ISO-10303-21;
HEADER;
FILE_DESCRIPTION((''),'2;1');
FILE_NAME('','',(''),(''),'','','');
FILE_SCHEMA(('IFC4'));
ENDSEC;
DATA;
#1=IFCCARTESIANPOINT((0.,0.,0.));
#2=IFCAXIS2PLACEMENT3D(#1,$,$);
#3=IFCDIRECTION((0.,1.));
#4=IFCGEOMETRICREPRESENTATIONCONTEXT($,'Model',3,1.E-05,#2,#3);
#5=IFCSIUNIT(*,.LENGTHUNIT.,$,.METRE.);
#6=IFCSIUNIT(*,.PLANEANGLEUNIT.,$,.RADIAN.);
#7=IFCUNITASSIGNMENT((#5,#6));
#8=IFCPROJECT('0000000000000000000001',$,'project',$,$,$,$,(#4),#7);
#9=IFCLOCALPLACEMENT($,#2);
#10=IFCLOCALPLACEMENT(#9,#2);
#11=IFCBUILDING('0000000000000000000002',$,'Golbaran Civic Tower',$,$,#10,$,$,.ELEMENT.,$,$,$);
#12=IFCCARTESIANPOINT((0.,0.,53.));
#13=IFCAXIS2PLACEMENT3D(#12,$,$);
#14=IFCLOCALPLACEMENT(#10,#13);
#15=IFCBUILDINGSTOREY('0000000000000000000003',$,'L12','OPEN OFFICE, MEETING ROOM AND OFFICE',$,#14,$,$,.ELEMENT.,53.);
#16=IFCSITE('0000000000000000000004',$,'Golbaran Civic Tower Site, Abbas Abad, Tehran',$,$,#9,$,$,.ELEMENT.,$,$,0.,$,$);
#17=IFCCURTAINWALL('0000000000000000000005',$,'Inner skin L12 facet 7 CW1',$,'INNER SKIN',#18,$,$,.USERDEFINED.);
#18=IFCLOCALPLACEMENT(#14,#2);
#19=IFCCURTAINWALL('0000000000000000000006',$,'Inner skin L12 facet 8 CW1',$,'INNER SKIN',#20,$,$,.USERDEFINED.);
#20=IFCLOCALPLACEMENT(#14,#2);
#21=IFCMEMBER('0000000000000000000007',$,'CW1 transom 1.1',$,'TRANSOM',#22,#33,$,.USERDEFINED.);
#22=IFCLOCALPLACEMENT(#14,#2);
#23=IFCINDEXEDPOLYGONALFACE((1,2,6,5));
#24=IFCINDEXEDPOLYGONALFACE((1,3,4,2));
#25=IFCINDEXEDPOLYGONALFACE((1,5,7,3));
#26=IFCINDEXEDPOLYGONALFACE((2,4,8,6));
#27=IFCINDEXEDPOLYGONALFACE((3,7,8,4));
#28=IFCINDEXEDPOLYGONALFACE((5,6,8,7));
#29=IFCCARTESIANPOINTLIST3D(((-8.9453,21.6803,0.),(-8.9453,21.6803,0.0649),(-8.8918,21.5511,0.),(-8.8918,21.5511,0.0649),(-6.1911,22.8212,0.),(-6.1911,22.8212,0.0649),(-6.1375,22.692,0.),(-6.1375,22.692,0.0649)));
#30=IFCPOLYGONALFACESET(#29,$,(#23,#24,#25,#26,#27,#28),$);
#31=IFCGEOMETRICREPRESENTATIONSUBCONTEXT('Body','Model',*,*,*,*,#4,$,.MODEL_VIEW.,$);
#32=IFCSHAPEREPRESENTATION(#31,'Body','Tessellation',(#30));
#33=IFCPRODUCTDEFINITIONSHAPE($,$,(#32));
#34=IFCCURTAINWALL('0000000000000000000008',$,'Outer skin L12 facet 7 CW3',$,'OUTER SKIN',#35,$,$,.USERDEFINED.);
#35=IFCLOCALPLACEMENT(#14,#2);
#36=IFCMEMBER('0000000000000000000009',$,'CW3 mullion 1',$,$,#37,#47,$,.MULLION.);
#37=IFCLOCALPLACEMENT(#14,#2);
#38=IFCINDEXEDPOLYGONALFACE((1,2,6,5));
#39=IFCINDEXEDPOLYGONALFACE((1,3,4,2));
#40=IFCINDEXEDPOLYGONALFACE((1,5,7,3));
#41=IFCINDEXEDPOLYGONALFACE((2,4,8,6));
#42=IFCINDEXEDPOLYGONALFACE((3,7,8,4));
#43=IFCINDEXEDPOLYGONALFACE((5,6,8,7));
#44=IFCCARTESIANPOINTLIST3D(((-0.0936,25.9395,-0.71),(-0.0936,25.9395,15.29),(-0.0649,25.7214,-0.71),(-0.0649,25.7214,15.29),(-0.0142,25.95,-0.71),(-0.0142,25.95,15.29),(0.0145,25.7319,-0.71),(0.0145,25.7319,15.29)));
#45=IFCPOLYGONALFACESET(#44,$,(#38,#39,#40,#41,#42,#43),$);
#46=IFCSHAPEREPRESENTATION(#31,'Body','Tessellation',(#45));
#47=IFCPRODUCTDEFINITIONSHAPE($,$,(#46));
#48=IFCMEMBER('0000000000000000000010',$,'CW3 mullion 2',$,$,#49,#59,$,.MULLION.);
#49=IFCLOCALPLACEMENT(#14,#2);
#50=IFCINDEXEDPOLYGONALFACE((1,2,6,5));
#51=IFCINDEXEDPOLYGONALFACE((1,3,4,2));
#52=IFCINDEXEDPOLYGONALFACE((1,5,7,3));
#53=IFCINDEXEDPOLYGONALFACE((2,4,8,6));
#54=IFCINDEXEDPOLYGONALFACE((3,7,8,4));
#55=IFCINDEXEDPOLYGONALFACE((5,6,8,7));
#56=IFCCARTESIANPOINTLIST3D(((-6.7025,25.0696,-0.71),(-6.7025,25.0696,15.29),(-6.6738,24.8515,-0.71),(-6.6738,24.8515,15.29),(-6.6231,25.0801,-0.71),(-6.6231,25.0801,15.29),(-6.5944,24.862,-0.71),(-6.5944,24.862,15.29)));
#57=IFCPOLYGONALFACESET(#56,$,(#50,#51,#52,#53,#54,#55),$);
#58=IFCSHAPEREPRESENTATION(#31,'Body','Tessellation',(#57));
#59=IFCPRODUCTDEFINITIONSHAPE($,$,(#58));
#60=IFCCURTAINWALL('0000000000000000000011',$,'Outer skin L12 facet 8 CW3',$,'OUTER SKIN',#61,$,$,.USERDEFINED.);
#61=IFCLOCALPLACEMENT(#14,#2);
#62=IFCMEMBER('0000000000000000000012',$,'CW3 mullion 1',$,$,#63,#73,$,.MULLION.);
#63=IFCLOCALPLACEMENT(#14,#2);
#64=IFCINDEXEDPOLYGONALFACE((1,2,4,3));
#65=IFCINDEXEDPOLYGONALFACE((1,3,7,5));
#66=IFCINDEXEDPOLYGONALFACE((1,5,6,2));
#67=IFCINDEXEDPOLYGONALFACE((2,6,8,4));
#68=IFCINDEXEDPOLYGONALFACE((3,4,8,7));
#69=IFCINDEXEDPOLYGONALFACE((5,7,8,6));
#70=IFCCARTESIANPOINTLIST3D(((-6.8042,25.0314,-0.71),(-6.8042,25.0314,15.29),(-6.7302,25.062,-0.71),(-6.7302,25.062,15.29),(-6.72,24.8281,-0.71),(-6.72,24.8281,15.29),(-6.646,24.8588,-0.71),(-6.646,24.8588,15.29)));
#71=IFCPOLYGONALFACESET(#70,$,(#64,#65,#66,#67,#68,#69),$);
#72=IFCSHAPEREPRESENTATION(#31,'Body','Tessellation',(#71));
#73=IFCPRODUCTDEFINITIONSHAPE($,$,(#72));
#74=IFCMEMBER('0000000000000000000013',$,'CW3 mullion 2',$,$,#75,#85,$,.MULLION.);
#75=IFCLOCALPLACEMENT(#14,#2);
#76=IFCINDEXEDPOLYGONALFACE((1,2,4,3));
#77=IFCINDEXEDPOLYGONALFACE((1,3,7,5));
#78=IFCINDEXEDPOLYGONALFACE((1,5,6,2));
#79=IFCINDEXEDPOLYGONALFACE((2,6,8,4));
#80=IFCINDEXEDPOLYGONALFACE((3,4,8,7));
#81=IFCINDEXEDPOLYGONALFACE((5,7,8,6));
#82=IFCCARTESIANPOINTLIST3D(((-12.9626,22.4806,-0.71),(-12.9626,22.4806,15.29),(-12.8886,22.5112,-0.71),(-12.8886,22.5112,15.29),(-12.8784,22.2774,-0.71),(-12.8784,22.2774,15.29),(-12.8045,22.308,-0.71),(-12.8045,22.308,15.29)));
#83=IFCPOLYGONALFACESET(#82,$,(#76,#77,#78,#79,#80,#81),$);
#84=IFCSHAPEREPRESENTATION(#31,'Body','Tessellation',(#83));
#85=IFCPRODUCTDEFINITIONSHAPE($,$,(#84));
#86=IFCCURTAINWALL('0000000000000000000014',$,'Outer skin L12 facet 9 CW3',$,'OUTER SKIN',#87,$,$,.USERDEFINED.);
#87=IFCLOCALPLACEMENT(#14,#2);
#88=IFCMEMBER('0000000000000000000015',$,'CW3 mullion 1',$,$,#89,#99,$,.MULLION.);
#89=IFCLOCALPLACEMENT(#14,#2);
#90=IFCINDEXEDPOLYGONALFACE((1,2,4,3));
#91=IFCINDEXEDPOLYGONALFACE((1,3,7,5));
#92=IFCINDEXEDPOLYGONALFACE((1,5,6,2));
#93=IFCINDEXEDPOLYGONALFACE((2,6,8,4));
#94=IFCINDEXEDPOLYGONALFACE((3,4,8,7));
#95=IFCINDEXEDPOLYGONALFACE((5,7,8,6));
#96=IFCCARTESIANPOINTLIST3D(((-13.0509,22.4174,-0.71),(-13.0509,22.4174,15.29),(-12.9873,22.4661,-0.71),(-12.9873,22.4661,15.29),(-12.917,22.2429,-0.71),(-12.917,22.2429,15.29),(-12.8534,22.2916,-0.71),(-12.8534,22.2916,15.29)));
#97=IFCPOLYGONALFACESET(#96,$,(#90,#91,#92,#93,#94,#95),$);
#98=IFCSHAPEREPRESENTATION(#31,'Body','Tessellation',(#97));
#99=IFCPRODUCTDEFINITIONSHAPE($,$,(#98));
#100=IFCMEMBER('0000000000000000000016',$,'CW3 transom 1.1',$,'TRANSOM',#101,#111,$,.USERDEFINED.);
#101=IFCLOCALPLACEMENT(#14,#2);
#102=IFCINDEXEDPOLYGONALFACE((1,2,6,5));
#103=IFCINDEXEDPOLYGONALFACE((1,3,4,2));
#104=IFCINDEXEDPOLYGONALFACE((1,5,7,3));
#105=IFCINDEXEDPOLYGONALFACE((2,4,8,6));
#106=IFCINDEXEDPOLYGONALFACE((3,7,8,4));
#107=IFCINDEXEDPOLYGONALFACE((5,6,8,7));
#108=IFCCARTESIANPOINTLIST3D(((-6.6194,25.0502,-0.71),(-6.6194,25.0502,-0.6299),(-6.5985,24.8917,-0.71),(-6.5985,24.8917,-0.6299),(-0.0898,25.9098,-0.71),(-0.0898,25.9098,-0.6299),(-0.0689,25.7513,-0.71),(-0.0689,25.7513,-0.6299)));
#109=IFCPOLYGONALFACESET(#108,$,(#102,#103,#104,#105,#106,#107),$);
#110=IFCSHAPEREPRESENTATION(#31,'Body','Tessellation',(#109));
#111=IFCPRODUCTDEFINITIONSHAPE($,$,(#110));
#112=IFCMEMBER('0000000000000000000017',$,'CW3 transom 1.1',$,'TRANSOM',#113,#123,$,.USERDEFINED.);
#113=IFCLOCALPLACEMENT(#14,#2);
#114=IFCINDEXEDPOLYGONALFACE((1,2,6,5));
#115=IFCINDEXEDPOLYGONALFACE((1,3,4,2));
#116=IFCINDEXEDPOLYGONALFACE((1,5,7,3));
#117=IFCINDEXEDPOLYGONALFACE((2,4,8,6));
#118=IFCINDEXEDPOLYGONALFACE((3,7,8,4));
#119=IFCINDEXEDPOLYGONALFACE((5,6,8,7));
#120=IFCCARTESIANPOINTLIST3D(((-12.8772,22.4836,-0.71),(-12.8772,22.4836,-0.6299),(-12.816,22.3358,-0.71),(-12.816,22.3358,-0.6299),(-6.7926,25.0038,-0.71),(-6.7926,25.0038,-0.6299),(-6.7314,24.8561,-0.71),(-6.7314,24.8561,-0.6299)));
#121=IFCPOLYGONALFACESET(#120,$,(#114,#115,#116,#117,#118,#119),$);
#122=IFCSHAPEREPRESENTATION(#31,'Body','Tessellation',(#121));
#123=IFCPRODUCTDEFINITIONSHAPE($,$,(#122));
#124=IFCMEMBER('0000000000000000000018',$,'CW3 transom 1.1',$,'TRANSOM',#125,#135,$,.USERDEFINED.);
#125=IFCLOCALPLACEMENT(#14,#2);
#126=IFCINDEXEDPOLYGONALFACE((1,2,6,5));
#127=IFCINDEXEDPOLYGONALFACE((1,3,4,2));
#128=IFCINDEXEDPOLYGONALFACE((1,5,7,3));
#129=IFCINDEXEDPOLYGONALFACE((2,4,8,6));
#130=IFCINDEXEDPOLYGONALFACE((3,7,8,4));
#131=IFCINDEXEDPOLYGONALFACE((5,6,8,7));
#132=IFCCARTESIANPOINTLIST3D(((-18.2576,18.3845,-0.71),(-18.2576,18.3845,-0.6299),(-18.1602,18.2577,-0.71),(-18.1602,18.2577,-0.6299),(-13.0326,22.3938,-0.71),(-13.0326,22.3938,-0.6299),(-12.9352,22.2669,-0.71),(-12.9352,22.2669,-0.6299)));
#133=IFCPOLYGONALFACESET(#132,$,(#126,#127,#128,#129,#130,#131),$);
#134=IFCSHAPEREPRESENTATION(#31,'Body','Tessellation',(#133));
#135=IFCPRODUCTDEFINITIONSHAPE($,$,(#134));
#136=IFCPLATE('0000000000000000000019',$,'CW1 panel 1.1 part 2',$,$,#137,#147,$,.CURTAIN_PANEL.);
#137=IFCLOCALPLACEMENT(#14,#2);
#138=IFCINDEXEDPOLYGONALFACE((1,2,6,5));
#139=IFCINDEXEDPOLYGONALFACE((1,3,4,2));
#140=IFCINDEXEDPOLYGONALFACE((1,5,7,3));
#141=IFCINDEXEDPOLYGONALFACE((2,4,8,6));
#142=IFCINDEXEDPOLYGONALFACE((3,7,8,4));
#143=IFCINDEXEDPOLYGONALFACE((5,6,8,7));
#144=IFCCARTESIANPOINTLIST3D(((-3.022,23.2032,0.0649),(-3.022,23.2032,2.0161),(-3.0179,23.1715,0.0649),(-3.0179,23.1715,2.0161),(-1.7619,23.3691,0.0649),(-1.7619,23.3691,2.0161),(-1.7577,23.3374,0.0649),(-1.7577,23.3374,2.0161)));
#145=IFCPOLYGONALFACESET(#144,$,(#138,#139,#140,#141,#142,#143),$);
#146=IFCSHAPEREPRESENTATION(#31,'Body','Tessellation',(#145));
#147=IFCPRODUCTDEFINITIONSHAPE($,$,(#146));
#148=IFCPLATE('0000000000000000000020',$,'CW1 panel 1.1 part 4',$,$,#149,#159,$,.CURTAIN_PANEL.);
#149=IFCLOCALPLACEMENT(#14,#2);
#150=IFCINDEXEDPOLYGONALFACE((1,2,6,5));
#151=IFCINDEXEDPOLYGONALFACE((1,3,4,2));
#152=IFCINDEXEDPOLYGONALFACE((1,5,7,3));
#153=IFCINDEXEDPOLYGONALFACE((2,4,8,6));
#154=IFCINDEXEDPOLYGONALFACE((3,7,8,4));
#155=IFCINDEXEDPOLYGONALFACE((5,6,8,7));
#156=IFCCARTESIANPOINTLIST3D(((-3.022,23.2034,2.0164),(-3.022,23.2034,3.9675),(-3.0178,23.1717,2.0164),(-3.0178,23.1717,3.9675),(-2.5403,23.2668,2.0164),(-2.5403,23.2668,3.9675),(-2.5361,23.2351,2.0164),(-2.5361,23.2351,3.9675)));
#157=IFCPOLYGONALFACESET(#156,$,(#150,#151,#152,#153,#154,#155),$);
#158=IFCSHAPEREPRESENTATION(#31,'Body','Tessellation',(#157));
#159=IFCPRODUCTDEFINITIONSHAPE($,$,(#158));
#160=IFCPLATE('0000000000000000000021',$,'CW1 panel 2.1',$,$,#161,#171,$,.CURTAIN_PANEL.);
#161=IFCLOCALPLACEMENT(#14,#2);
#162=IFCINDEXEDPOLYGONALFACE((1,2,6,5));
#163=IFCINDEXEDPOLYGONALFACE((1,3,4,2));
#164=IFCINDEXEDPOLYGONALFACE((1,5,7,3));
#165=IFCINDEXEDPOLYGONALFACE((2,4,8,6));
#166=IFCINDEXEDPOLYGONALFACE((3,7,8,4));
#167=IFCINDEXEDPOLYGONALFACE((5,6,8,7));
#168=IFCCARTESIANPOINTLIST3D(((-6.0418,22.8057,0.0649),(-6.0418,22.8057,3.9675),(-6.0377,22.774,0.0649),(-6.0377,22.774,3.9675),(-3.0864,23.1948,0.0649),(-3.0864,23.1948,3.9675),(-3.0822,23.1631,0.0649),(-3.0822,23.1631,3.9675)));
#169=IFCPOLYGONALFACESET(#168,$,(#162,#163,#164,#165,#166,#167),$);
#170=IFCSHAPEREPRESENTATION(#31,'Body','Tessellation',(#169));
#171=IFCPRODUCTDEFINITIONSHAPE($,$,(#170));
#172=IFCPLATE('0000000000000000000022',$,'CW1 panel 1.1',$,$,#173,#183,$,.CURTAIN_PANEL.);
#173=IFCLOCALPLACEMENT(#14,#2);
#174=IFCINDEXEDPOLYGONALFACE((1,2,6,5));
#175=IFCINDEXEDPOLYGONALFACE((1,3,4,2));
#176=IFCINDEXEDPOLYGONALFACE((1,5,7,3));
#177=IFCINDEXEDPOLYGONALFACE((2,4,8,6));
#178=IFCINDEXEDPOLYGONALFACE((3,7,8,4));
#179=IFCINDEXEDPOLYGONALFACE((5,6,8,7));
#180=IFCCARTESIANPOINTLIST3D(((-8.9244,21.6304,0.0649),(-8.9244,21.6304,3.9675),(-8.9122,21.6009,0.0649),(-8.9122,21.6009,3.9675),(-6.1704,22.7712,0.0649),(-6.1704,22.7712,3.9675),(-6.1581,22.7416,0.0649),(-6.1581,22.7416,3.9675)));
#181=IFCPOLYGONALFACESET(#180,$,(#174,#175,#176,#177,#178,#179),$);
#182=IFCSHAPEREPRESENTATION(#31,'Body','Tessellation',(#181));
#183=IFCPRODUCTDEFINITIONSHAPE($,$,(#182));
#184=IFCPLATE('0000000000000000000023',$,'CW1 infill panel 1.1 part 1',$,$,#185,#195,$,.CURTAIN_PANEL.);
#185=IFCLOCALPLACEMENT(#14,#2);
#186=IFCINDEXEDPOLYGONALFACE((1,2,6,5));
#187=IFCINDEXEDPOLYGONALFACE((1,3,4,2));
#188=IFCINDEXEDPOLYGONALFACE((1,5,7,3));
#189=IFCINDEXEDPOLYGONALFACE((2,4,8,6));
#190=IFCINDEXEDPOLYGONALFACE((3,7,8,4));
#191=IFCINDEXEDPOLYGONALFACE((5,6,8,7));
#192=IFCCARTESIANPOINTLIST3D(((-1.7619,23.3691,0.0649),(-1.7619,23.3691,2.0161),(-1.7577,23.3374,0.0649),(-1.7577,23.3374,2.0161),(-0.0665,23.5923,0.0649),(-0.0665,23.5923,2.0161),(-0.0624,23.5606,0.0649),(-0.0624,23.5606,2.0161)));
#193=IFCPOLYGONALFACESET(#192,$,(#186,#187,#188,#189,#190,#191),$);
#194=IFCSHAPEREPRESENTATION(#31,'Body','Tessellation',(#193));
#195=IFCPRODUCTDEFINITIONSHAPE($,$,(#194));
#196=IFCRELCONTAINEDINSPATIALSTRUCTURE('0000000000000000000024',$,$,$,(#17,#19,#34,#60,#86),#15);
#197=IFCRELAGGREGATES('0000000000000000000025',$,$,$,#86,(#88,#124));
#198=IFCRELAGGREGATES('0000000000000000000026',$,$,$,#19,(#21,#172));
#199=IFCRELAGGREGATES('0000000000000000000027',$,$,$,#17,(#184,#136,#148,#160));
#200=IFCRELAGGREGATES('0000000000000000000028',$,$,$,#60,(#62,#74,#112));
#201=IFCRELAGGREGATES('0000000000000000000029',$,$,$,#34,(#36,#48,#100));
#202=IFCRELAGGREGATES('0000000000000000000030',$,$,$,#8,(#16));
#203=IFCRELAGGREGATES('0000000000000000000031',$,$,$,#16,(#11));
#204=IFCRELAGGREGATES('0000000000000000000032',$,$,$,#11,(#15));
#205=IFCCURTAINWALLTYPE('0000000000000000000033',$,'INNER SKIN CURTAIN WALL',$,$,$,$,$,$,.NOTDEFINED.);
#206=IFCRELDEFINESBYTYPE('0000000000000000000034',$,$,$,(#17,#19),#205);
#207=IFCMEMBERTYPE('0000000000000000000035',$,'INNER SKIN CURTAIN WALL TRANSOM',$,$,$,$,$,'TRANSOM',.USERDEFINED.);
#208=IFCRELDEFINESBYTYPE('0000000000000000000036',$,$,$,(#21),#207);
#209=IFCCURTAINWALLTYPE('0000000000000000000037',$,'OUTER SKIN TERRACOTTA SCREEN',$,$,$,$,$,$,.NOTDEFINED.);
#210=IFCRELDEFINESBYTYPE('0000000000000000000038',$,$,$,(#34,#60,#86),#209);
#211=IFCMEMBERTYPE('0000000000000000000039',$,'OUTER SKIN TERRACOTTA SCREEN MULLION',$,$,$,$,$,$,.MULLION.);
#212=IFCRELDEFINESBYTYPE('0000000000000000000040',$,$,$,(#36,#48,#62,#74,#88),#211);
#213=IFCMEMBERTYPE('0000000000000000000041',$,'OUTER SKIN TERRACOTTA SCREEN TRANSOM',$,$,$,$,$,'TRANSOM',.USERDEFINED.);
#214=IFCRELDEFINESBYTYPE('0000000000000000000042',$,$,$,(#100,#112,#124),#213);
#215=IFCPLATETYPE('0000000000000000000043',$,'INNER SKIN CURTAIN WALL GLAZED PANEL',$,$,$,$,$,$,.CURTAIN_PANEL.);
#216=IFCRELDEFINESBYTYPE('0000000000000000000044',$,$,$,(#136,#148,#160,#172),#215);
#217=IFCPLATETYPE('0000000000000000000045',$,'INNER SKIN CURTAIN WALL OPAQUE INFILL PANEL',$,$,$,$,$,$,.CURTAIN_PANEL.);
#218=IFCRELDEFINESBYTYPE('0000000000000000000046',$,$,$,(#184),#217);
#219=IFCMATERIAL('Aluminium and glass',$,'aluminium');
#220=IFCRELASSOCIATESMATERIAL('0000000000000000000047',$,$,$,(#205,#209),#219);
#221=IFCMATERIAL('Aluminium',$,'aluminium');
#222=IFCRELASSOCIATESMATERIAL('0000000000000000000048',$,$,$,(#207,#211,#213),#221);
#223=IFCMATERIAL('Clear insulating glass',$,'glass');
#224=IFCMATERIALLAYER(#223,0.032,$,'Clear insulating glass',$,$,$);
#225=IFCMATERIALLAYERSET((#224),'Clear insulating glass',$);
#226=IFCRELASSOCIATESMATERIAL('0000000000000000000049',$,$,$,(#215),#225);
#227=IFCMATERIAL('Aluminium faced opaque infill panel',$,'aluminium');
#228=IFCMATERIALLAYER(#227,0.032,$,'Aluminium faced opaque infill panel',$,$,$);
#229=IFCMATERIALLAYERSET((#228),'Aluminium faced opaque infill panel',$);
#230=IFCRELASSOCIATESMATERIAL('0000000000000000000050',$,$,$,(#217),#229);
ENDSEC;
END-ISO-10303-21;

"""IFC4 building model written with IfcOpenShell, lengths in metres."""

from ifc_helpers import new_model, si_unit, direction, frame, origin, origin_2d, place, context, subcontext, project, spatial, rectangle, extrude, material, layer, layer_set, material_profile, profile_set, type_object, element, aggregate, save


model = new_model("IFC4")

# Units and contexts
model_context = context("Model", 3, precision=1e-05, world=origin(), true_north=direction((0.0, 1.0)))
body_context = subcontext(model_context, "Body", "Model", "MODEL_VIEW")
ifc_project = project(units=[si_unit("LENGTHUNIT", "METRE"), si_unit("PLANEANGLEUNIT", "RADIAN")], contexts=[model_context])

# Site, building, storey
site_placement = place(None, origin())
site = spatial("IfcSite", under=ifc_project, at=site_placement, Name="Golbaran Civic Tower Site, Abbas Abad, Tehran", CompositionType="ELEMENT", RefElevation=0.0)
building_placement = place(site_placement, origin())
building = spatial("IfcBuilding", under=site, at=building_placement, Name="Golbaran Civic Tower", CompositionType="ELEMENT")
storey_placement = place(building_placement, frame((0.0, 0.0, 53.0)))
storey = spatial("IfcBuildingStorey", under=building, at=storey_placement, Name="L12", Description="OPEN OFFICE, MEETING ROOM AND OFFICE", CompositionType="ELEMENT", Elevation=53.0)

# Curtain wall
ifc_material_1 = material(Name="Aluminium and glass", Category="aluminium")
curtain_wall_type_1 = type_object("IfcCurtainWallType", Name="INNER SKIN CURTAIN WALL", PredefinedType="NOTDEFINED", material=ifc_material_1)
curtain_wall_1_placement = place(storey_placement, origin())
curtain_wall_1 = element("IfcCurtainWall", 1, at=curtain_wall_1_placement, inside=storey, type_object=curtain_wall_type_1, Name="Inner skin L12 facet 7 CW1", ObjectType="INNER SKIN", PredefinedType="USERDEFINED")
ifc_material_2 = material(Name="Aluminium", Category="aluminium")

# Curtain wall
curtain_wall_2_placement = place(storey_placement, origin())
curtain_wall_2 = element("IfcCurtainWall", 2, at=curtain_wall_2_placement, inside=storey, type_object=curtain_wall_type_1, Name="Inner skin L12 facet 8 CW1", ObjectType="INNER SKIN", PredefinedType="USERDEFINED")

# Member
ifc_material_profile_1 = material_profile(ifc_material_2, rectangle(XDim=0.1399, YDim=0.0649, at=origin_2d()), Name="INNER SKIN CURTAIN WALL TRANSOM")
ifc_profile_set_1 = profile_set([ifc_material_profile_1], Name="Aluminium")
member_type_1 = type_object("IfcMemberType", Name="INNER SKIN CURTAIN WALL TRANSOM", ElementType="TRANSOM", PredefinedType="USERDEFINED", material=ifc_profile_set_1)
member_1_placement = place(storey_placement, frame((-6.1643, 22.7566, 0.0325), z_axis=(-0.923872, -0.382701, 0.0), x_axis=(0.382701, -0.923872, 0.0)))
member_1 = element("IfcMember", 3, at=member_1_placement, type_object=member_type_1, Name="CW1 transom 1.1", ObjectType="TRANSOM", PredefinedType="USERDEFINED", context=body_context, shape_type="SweptSolid", body=[
    extrude(rectangle(XDim=0.1399, YDim=0.0649, at=origin_2d()), origin(), (0.0, 0.0, 1.0), 2.9812),
])

# Curtain walls, members
curtain_wall_type_2 = type_object("IfcCurtainWallType", Name="OUTER SKIN TERRACOTTA SCREEN", PredefinedType="NOTDEFINED", material=ifc_material_1)
curtain_wall_3_placement = place(storey_placement, origin())
curtain_wall_3 = element("IfcCurtainWall", 4, at=curtain_wall_3_placement, inside=storey, type_object=curtain_wall_type_2, Name="Outer skin L12 facet 7 CW3", ObjectType="OUTER SKIN", PredefinedType="USERDEFINED")
ifc_material_profile_2 = material_profile(ifc_material_2, rectangle(XDim=0.22, YDim=0.0801, at=origin_2d()), Name="OUTER SKIN TERRACOTTA SCREEN MULLION")
ifc_profile_set_2 = profile_set([ifc_material_profile_2], Name="Aluminium")
member_type_2 = type_object("IfcMemberType", Name="OUTER SKIN TERRACOTTA SCREEN MULLION", PredefinedType="MULLION", material=ifc_profile_set_2)
member_2_placement = place(storey_placement, frame((-0.0396, 25.8357, -0.71), z_axis=(0.0, 0.0, 1.0), x_axis=(0.130526, -0.991445, 0.0)))
member_2 = element("IfcMember", 5, at=member_2_placement, type_object=member_type_2, Name="CW3 mullion 1", PredefinedType="MULLION", context=body_context, shape_type="SweptSolid", body=[
    extrude(rectangle(XDim=0.22, YDim=0.0801, at=origin_2d()), origin(), (0.0, 0.0, 1.0), 16.0),
])
member_3_placement = place(storey_placement, frame((-6.6484, 24.9658, -0.71), z_axis=(0.0, 0.0, 1.0), x_axis=(0.130526, -0.991445, 0.0)))
member_3 = element("IfcMember", 6, at=member_3_placement, type_object=member_type_2, Name="CW3 mullion 2", PredefinedType="MULLION", context=body_context, shape_type="SweptSolid", body=[
    extrude(rectangle(XDim=0.22, YDim=0.0801, at=origin_2d()), origin(), (0.0, 0.0, 1.0), 16.0),
])
curtain_wall_4_placement = place(storey_placement, origin())
curtain_wall_4 = element("IfcCurtainWall", 7, at=curtain_wall_4_placement, inside=storey, type_object=curtain_wall_type_2, Name="Outer skin L12 facet 8 CW3", ObjectType="OUTER SKIN", PredefinedType="USERDEFINED")
member_4_placement = place(storey_placement, frame((-6.7251, 24.9451, -0.71), z_axis=(0.0, 0.0, 1.0), x_axis=(0.382683, -0.92388, 0.0)))
member_4 = element("IfcMember", 8, at=member_4_placement, type_object=member_type_2, Name="CW3 mullion 1", PredefinedType="MULLION", context=body_context, shape_type="SweptSolid", body=[
    extrude(rectangle(XDim=0.22, YDim=0.0801, at=origin_2d()), origin(), (0.0, 0.0, 1.0), 16.0),
])
member_5_placement = place(storey_placement, frame((-12.8835, 22.3943, -0.71), z_axis=(0.0, 0.0, 1.0), x_axis=(0.382683, -0.92388, 0.0)))
member_5 = element("IfcMember", 9, at=member_5_placement, type_object=member_type_2, Name="CW3 mullion 2", PredefinedType="MULLION", context=body_context, shape_type="SweptSolid", body=[
    extrude(rectangle(XDim=0.22, YDim=0.0801, at=origin_2d()), origin(), (0.0, 0.0, 1.0), 16.0),
])

# Curtain wall, member
curtain_wall_5_placement = place(storey_placement, origin())
curtain_wall_5 = element("IfcCurtainWall", 10, at=curtain_wall_5_placement, inside=storey, type_object=curtain_wall_type_2, Name="Outer skin L12 facet 9 CW3", ObjectType="OUTER SKIN", PredefinedType="USERDEFINED")
member_6_placement = place(storey_placement, frame((-12.9521, 22.3545, -0.71), z_axis=(0.0, 0.0, 1.0), x_axis=(0.608761, -0.793353, 0.0)))
member_6 = element("IfcMember", 11, at=member_6_placement, type_object=member_type_2, Name="CW3 mullion 1", PredefinedType="MULLION", context=body_context, shape_type="SweptSolid", body=[
    extrude(rectangle(XDim=0.22, YDim=0.0801, at=origin_2d()), origin(), (0.0, 0.0, 1.0), 16.0),
])

# Members
ifc_material_profile_3 = material_profile(ifc_material_2, rectangle(XDim=0.1599, YDim=0.0801, at=origin_2d()), Name="OUTER SKIN TERRACOTTA SCREEN TRANSOM")
ifc_profile_set_3 = profile_set([ifc_material_profile_3], Name="Aluminium")
member_type_3 = type_object("IfcMemberType", Name="OUTER SKIN TERRACOTTA SCREEN TRANSOM", ElementType="TRANSOM", PredefinedType="USERDEFINED", material=ifc_profile_set_3)
member_7_placement = place(storey_placement, frame((-0.0793, 25.8306, -0.6699), z_axis=(-0.991445, -0.130525, 0.0), x_axis=(0.130525, -0.991445, 0.0)))
member_7 = element("IfcMember", 12, at=member_7_placement, type_object=member_type_3, Name="CW3 transom 1.1", ObjectType="TRANSOM", PredefinedType="USERDEFINED", context=body_context, shape_type="SweptSolid", body=[
    extrude(rectangle(XDim=0.1599, YDim=0.0801, at=origin_2d()), origin(), (0.0, 0.0, 1.0), 6.5859),
])
member_8_placement = place(storey_placement, frame((-6.762, 24.9299, -0.6699), z_axis=(-0.923885, -0.382669, 0.0), x_axis=(0.382669, -0.923885, 0.0)))
member_8 = element("IfcMember", 13, at=member_8_placement, type_object=member_type_3, Name="CW3 transom 1.1", ObjectType="TRANSOM", PredefinedType="USERDEFINED", context=body_context, shape_type="SweptSolid", body=[
    extrude(rectangle(XDim=0.1599, YDim=0.0801, at=origin_2d()), origin(), (0.0, 0.0, 1.0), 6.5859),
])
member_9_placement = place(storey_placement, frame((-12.9839, 22.3303, -0.6699), z_axis=(-0.793359, -0.608754, 0.0), x_axis=(0.608754, -0.793359, 0.0)))
member_9 = element("IfcMember", 14, at=member_9_placement, type_object=member_type_3, Name="CW3 transom 1.1", ObjectType="TRANSOM", PredefinedType="USERDEFINED", context=body_context, shape_type="SweptSolid", body=[
    extrude(rectangle(XDim=0.1599, YDim=0.0801, at=origin_2d()), origin(), (0.0, 0.0, 1.0), 6.5859),
])
aggregate(curtain_wall_5, [member_6, member_9])

# Plates
ifc_material_3 = material(Name="Clear insulating glass", Category="glass")
ifc_layer_1 = layer(ifc_material_3, 0.032, Name="Clear insulating glass")
ifc_layer_set_1 = layer_set([ifc_layer_1], Name="Clear insulating glass")
plate_type_1 = type_object("IfcPlateType", Name="INNER SKIN CURTAIN WALL GLAZED PANEL", PredefinedType="CURTAIN_PANEL", material=ifc_layer_set_1)
plate_1_placement = place(storey_placement, frame((-2.3899, 23.2703, 0.0649), z_axis=(0.0, 0.0, 1.0), x_axis=(-0.991445, -0.130526, 0.0)))
plate_1 = element("IfcPlate", 15, at=plate_1_placement, type_object=plate_type_1, Name="CW1 panel 1.1 part 2", PredefinedType="CURTAIN_PANEL", context=body_context, shape_type="SweptSolid", body=[
    extrude(rectangle(XDim=1.271, YDim=0.032, at=origin_2d()), origin(), (0.0, 0.0, 1.0), 1.9512),
])
plate_2_placement = place(storey_placement, frame((-2.7791, 23.2192, 2.0164), z_axis=(0.0, 0.0, 1.0), x_axis=(-0.991445, -0.130526, 0.0)))
plate_2 = element("IfcPlate", 16, at=plate_2_placement, type_object=plate_type_1, Name="CW1 panel 1.1 part 4", PredefinedType="CURTAIN_PANEL", context=body_context, shape_type="SweptSolid", body=[
    extrude(rectangle(XDim=0.4858, YDim=0.032, at=origin_2d()), origin(), (0.0, 0.0, 1.0), 1.9512),
])
plate_3_placement = place(storey_placement, frame((-4.562, 22.9844, 0.0649), z_axis=(0.0, 0.0, 1.0), x_axis=(-0.991445, -0.130526, 0.0)))
plate_3 = element("IfcPlate", 17, at=plate_3_placement, type_object=plate_type_1, Name="CW1 panel 2.1", PredefinedType="CURTAIN_PANEL", context=body_context, shape_type="SweptSolid", body=[
    extrude(rectangle(XDim=2.981, YDim=0.032, at=origin_2d()), origin(), (0.0, 0.0, 1.0), 3.9026),
])
plate_4_placement = place(storey_placement, frame((-7.5413, 22.186, 0.0649), z_axis=(0.0, 0.0, 1.0), x_axis=(-0.92388, -0.382683, 0.0)))
plate_4 = element("IfcPlate", 18, at=plate_4_placement, type_object=plate_type_1, Name="CW1 panel 1.1", PredefinedType="CURTAIN_PANEL", context=body_context, shape_type="SweptSolid", body=[
    extrude(rectangle(XDim=2.981, YDim=0.032, at=origin_2d()), origin(), (0.0, 0.0, 1.0), 3.9026),
])
aggregate(curtain_wall_2, [member_1, plate_4])
ifc_material_4 = material(Name="Aluminium faced opaque infill panel", Category="aluminium")
ifc_layer_2 = layer(ifc_material_4, 0.032, Name="Aluminium faced opaque infill panel")
ifc_layer_set_2 = layer_set([ifc_layer_2], Name="Aluminium faced opaque infill panel")
plate_type_2 = type_object("IfcPlateType", Name="INNER SKIN CURTAIN WALL OPAQUE INFILL PANEL", PredefinedType="CURTAIN_PANEL", material=ifc_layer_set_2)
plate_5_placement = place(storey_placement, frame((-0.9121, 23.4648, 0.0649), z_axis=(0.0, 0.0, 1.0), x_axis=(-0.991445, -0.130526, 0.0)))
plate_5 = element("IfcPlate", 19, at=plate_5_placement, type_object=plate_type_2, Name="CW1 infill panel 1.1 part 1", PredefinedType="CURTAIN_PANEL", context=body_context, shape_type="SweptSolid", body=[
    extrude(rectangle(XDim=1.71, YDim=0.032, at=origin_2d()), origin(), (0.0, 0.0, 1.0), 1.9512),
])
aggregate(curtain_wall_1, [plate_5, plate_1, plate_2, plate_3])
aggregate(curtain_wall_4, [member_4, member_5, member_8])
aggregate(curtain_wall_3, [member_2, member_3, member_7])

save(model, "model.ifc")
